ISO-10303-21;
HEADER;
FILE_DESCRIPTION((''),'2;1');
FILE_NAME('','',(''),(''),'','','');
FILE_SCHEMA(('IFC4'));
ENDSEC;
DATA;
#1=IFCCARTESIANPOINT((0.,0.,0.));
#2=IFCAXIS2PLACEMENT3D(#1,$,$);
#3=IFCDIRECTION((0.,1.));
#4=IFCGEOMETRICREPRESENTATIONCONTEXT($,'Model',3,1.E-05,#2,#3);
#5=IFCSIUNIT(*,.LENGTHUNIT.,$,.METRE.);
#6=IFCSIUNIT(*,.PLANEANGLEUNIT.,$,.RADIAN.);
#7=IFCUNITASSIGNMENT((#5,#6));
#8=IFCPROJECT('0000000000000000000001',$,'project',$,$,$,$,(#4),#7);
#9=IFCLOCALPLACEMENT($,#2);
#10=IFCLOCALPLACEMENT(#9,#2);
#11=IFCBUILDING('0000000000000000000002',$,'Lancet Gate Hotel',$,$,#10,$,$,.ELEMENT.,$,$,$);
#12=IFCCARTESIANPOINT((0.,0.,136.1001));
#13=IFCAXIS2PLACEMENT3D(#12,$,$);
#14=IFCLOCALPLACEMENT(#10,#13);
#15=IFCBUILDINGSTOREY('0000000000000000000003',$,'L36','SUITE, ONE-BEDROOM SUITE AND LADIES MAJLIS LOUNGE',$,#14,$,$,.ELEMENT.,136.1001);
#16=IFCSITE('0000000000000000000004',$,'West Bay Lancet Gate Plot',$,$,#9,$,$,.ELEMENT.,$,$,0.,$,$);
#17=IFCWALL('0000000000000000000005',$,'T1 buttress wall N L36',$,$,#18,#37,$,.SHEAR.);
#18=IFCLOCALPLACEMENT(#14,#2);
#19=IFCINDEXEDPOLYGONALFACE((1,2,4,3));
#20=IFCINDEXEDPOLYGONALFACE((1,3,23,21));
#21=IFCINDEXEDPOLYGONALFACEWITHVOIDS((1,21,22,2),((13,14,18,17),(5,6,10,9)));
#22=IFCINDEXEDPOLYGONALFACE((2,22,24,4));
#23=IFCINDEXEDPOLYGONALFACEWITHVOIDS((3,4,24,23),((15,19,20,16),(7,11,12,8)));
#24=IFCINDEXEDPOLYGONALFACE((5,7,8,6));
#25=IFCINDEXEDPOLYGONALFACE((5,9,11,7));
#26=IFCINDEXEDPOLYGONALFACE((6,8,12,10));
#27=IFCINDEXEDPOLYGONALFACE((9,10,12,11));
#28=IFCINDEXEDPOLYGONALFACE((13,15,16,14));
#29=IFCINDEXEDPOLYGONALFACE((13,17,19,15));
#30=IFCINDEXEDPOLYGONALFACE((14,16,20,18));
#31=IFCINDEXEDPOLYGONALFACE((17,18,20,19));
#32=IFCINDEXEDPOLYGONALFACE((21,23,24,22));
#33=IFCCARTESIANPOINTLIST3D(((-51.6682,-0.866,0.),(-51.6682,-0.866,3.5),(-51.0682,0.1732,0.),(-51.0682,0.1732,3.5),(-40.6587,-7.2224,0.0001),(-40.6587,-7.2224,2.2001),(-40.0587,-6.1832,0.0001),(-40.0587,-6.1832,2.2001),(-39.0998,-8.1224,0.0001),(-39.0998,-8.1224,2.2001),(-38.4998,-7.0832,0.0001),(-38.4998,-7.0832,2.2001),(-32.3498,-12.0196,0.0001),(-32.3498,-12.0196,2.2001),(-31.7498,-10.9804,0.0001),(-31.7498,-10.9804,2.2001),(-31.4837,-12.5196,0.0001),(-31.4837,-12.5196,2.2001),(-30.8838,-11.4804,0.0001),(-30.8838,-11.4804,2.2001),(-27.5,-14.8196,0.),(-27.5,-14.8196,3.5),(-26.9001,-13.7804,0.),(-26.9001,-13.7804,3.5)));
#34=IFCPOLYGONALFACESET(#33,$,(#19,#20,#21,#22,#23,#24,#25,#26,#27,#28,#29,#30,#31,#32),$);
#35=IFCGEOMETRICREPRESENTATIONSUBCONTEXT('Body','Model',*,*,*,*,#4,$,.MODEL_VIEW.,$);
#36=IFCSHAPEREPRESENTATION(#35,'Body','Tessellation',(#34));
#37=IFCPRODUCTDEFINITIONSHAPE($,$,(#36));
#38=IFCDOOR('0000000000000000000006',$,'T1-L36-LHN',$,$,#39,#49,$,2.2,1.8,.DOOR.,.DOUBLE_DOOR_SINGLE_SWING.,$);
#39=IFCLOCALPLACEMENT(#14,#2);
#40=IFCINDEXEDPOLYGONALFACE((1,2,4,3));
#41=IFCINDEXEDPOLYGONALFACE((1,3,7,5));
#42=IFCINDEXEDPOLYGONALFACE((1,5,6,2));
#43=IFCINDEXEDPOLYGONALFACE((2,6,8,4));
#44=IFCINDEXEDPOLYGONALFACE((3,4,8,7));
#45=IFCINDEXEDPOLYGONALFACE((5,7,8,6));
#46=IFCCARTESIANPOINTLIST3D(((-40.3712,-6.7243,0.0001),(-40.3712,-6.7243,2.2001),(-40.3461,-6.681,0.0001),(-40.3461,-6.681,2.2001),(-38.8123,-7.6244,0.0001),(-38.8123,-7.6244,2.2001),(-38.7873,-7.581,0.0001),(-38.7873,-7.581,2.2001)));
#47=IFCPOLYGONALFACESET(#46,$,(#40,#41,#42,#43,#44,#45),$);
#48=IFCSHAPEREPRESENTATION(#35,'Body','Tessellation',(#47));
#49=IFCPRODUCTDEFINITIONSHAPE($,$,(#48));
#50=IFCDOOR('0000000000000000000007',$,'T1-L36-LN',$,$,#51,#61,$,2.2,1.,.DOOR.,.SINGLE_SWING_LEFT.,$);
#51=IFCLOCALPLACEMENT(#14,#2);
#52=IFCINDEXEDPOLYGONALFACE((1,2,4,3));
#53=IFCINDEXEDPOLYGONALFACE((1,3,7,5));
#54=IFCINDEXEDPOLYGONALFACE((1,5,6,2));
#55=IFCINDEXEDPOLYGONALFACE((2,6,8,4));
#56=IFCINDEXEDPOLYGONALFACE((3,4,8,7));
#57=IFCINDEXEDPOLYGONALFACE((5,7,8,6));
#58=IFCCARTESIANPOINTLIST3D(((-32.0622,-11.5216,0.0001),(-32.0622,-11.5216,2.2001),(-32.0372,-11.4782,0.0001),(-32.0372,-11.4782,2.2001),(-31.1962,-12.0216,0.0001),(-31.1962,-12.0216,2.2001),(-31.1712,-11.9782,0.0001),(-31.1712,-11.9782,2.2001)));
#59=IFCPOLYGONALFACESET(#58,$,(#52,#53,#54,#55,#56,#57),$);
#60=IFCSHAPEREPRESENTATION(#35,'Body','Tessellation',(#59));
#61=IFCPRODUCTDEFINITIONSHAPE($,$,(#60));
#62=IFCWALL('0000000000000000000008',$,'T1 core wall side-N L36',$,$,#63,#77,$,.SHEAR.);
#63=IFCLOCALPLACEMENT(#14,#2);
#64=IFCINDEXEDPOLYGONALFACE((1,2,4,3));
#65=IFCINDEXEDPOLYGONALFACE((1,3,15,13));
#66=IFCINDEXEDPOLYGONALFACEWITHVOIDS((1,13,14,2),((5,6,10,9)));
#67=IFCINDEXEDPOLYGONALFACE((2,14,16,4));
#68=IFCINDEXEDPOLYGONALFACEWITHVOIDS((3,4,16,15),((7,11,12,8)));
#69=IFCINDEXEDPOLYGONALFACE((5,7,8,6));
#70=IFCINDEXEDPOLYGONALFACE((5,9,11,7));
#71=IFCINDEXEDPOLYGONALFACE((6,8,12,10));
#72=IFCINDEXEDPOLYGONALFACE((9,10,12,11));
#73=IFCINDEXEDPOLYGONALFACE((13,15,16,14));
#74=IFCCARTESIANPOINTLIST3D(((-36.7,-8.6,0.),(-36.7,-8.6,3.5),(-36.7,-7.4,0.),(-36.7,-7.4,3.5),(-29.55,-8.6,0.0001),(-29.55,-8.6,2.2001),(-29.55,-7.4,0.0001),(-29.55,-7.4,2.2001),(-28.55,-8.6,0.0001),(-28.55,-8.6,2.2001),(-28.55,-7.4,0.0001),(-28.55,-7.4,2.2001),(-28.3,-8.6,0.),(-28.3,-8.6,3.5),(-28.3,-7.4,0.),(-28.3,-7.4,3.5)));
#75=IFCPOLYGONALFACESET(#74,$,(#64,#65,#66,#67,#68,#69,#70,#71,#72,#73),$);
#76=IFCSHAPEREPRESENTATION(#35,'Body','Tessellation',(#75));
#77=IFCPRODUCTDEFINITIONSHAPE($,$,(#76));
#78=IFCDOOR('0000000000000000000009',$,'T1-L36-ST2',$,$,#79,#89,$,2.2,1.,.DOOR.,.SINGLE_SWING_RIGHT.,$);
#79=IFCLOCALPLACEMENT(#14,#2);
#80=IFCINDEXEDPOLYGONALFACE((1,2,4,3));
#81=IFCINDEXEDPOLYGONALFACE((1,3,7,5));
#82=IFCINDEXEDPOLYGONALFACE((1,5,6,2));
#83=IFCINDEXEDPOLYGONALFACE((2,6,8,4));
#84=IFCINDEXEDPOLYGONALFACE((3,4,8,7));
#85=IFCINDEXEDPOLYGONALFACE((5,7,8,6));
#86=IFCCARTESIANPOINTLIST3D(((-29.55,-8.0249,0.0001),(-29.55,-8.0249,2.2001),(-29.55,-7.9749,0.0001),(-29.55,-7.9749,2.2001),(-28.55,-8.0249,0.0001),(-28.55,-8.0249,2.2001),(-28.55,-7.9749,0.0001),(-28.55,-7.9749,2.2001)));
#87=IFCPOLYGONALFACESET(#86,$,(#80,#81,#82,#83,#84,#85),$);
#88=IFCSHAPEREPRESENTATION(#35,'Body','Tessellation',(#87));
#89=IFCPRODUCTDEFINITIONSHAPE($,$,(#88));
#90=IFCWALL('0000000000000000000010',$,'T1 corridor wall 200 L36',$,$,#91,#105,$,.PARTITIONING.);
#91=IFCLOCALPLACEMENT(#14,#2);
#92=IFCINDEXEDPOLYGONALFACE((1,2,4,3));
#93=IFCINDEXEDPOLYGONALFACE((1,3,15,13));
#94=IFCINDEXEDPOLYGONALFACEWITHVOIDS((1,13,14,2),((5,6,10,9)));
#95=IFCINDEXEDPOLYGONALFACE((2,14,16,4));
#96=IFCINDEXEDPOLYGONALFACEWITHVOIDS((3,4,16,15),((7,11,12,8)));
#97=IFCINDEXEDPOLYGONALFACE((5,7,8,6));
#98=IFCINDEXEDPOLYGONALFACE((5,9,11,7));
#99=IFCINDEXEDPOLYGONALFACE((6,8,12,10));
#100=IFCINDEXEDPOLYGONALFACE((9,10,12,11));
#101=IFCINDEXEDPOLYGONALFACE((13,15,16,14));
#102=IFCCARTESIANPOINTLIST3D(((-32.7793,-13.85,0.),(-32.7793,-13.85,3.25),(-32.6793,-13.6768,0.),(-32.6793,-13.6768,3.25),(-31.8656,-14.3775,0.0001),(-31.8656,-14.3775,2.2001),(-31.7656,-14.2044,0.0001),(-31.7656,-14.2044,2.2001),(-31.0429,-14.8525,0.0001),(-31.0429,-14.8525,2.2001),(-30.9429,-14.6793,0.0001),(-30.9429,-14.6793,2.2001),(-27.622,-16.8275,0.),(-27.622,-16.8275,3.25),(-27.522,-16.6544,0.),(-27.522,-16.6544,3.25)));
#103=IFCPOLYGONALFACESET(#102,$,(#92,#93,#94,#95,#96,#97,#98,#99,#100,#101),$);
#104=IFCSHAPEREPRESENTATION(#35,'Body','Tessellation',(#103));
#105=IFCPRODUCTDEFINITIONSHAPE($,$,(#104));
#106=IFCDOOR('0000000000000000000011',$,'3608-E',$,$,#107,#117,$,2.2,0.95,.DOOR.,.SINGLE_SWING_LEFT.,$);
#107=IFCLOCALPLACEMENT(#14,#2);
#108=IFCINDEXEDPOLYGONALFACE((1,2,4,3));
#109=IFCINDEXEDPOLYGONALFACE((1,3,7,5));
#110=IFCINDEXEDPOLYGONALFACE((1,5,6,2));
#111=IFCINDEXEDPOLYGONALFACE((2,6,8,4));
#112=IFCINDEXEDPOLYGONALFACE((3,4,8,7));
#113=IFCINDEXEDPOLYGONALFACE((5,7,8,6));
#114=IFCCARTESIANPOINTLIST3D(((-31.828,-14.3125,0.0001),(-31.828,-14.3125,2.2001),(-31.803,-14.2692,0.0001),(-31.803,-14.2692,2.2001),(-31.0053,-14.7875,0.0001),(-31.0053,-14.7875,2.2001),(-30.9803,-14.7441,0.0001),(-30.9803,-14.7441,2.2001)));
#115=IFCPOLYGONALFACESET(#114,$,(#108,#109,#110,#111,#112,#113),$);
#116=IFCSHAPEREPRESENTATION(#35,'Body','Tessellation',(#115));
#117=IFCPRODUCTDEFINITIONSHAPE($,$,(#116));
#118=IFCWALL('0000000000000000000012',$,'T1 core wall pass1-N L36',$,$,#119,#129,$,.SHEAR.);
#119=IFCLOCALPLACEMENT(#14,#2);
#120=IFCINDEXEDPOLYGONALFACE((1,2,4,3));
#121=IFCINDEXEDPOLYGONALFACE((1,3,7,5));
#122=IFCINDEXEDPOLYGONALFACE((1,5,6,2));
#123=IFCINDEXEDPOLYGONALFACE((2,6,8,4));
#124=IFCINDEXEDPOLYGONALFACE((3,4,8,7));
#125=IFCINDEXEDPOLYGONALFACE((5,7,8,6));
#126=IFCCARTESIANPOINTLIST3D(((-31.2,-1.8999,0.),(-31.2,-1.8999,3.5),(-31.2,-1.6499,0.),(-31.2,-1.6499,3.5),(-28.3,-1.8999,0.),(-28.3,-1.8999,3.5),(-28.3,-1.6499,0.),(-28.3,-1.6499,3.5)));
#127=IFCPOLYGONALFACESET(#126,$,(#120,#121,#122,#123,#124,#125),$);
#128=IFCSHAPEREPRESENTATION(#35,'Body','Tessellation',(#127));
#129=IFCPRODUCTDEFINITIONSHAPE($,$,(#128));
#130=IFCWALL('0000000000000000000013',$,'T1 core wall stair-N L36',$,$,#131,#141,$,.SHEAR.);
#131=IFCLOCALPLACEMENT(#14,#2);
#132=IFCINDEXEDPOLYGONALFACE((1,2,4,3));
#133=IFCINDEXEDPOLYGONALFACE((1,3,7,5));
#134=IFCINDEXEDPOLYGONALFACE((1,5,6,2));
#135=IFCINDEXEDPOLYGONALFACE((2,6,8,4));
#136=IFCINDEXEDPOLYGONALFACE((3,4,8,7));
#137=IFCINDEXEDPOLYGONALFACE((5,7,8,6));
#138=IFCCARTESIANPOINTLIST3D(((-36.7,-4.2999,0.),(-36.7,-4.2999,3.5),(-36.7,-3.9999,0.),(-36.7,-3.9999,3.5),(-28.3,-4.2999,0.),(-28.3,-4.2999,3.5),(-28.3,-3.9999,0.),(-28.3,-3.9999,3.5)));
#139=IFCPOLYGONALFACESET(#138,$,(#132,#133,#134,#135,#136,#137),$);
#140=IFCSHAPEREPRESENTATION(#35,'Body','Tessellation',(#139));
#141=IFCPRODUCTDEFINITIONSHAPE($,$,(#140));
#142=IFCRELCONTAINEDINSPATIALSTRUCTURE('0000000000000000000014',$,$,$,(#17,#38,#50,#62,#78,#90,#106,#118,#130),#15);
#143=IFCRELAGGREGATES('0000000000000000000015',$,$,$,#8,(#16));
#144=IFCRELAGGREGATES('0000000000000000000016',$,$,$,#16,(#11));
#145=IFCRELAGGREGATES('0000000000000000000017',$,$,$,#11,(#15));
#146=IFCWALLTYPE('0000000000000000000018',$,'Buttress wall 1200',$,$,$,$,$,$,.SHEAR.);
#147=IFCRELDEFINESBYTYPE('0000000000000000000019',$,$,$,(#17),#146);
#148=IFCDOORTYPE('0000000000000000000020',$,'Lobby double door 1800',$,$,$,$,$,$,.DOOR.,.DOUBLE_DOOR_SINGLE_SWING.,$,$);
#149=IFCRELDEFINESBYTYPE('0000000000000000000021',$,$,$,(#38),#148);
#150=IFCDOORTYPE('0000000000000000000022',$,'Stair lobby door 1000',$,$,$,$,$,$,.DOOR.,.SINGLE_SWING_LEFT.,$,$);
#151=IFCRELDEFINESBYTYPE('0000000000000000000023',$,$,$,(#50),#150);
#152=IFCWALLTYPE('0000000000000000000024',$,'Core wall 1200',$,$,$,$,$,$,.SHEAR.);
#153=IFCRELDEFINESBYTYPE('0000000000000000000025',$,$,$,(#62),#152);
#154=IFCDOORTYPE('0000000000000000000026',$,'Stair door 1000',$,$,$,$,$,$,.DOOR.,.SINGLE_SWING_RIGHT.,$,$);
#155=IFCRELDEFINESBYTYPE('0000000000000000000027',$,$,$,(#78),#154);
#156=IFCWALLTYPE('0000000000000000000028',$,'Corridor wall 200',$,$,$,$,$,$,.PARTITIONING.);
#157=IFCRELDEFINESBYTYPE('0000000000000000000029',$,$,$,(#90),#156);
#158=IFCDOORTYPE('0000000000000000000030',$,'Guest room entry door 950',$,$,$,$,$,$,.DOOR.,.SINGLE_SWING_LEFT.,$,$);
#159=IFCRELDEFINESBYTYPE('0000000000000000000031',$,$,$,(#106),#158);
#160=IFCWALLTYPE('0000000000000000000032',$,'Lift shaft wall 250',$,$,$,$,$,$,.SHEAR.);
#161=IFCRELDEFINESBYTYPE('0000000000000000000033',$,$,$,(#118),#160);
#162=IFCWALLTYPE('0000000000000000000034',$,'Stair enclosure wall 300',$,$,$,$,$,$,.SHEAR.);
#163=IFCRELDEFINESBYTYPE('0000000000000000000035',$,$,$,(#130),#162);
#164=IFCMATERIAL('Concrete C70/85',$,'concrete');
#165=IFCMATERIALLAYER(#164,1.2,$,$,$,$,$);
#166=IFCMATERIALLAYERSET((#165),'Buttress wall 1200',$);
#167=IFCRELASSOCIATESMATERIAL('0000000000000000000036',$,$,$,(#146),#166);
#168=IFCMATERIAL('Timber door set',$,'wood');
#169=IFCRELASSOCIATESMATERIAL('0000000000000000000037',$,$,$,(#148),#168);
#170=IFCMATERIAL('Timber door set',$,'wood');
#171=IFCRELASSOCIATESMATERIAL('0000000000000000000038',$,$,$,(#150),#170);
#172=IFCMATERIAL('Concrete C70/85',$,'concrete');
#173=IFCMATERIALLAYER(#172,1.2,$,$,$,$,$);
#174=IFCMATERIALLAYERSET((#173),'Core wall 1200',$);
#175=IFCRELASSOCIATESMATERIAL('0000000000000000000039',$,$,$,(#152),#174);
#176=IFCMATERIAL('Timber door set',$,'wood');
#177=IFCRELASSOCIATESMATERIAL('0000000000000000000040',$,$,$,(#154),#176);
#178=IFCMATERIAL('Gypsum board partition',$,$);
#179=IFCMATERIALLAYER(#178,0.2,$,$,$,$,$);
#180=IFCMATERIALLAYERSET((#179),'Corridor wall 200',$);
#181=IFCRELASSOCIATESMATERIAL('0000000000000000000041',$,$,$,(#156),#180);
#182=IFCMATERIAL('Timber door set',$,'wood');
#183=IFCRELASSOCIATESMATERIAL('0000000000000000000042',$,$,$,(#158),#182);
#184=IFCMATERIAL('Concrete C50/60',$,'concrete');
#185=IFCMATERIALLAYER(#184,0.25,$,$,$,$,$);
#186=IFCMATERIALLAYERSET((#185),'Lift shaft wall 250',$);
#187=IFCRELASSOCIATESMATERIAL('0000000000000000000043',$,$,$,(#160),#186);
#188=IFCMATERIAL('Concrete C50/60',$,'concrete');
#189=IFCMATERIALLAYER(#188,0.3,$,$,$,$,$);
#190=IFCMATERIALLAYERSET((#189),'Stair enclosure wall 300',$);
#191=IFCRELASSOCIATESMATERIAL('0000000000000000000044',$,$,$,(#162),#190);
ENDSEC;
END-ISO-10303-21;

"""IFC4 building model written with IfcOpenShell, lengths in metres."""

from ifc_helpers import new_model, si_unit, direction, frame, frame_2d, origin, place, context, subcontext, project, spatial, rectangle, extrude, material, layer, layer_set, type_object, element, fill, save


model = new_model("IFC4")

# Units and contexts
model_context = context("Model", 3, precision=1e-05, world=origin(), true_north=direction((0.0, 1.0)))
body_context = subcontext(model_context, "Body", "Model", "MODEL_VIEW")
ifc_project = project(units=[si_unit("LENGTHUNIT", "METRE"), si_unit("PLANEANGLEUNIT", "RADIAN")], contexts=[model_context])

# Site, building, storey
site_placement = place(None, origin())
site = spatial("IfcSite", under=ifc_project, at=site_placement, Name="West Bay Lancet Gate Plot", CompositionType="ELEMENT", RefElevation=0.0)
building_placement = place(site_placement, origin())
building = spatial("IfcBuilding", under=site, at=building_placement, Name="Lancet Gate Hotel", CompositionType="ELEMENT")
storey_placement = place(building_placement, frame((0.0, 0.0, 136.1001)))
storey = spatial("IfcBuildingStorey", under=building, at=storey_placement, Name="L36", Description="SUITE, ONE-BEDROOM SUITE AND LADIES MAJLIS LOUNGE", CompositionType="ELEMENT", Elevation=136.1001)

# Wall, openings, doors
ifc_material_1 = material(Name="Concrete C70/85", Category="concrete")
ifc_layer_1 = layer(ifc_material_1, 1.2)
ifc_layer_set_1 = layer_set([ifc_layer_1], Name="Buttress wall 1200")
wall_type_1 = type_object("IfcWallType", Name="Buttress wall 1200", PredefinedType="SHEAR", material=ifc_layer_set_1)
wall_1_placement = place(storey_placement, frame((-27.2, -14.3, 0.0), z_axis=(0.0, 0.0, 1.0), x_axis=(-0.866024, 0.500002, 0.0)))
wall_1 = element("IfcWall", 1, at=wall_1_placement, inside=storey, type_object=wall_type_1, Name="T1 buttress wall N L36", PredefinedType="SHEAR", context=body_context, shape_type="SweptSolid", body=[
    extrude(rectangle(XDim=27.907, YDim=1.2, at=frame_2d((13.9536, 0.0))), origin(), (0.0, 0.0, 1.0), 3.5),
])
opening_1_placement = place(wall_1_placement, frame((4.6001, 0.0, 0.0)))
opening_1 = element("IfcOpeningElement", 2, at=opening_1_placement, cuts=wall_1, PredefinedType="OPENING", context=body_context, shape_type="SweptSolid", body=[
    extrude(rectangle(XDim=1.0, YDim=2.2, at=frame_2d((0.5, 1.1001))), frame((0.0, 0.6099, 0.0), z_axis=(0.0, -1.0, 0.0), x_axis=(1.0, 0.0, 0.0)), (0.0, 0.0, 1.0), 1.22),
])
opening_2_placement = place(wall_1_placement, frame((13.3945, 0.0, 0.0)))
opening_2 = element("IfcOpeningElement", 3, at=opening_2_placement, cuts=wall_1, PredefinedType="OPENING", context=body_context, shape_type="SweptSolid", body=[
    extrude(rectangle(XDim=1.8, YDim=2.2, at=frame_2d((0.8999, 1.1001))), frame((0.0, 0.6099, 0.0), z_axis=(0.0, -1.0, 0.0), x_axis=(1.0, 0.0, 0.0)), (0.0, 0.0, 1.0), 1.22),
])
ifc_material_2 = material(Name="Timber door set", Category="wood")
door_type_1 = type_object("IfcDoorType", Name="Lobby double door 1800", OperationType="DOUBLE_DOOR_SINGLE_SWING", PredefinedType="DOOR", material=ifc_material_2)
door_1_placement = place(opening_2_placement, origin())
door_1 = element("IfcDoor", 4, at=door_1_placement, inside=storey, type_object=door_type_1, Name="T1-L36-LHN", OperationType="DOUBLE_DOOR_SINGLE_SWING", OverallHeight=2.2, OverallWidth=1.8, PredefinedType="DOOR", context=body_context, shape_type="SweptSolid", body=[
    extrude(rectangle(XDim=1.8, YDim=2.2, at=frame_2d((0.8999, 1.1001))), frame((0.0, 0.0249, 0.0), z_axis=(0.0, -1.0, 0.0), x_axis=(1.0, 0.0, 0.0)), (0.0, 0.0, 1.0), 0.05),
])
fill(opening_2, door_1)
ifc_material_3 = material(Name="Timber door set", Category="wood")
door_type_2 = type_object("IfcDoorType", Name="Stair lobby door 1000", OperationType="SINGLE_SWING_LEFT", PredefinedType="DOOR", material=ifc_material_3)
door_2_placement = place(opening_1_placement, origin())
door_2 = element("IfcDoor", 5, at=door_2_placement, inside=storey, type_object=door_type_2, Name="T1-L36-LN", OperationType="SINGLE_SWING_LEFT", OverallHeight=2.2, OverallWidth=1.0, PredefinedType="DOOR", context=body_context, shape_type="SweptSolid", body=[
    extrude(rectangle(XDim=1.0, YDim=2.2, at=frame_2d((0.5, 1.1001))), frame((0.0, 0.0249, 0.0), z_axis=(0.0, -1.0, 0.0), x_axis=(1.0, 0.0, 0.0)), (0.0, 0.0, 1.0), 0.05),
])
fill(opening_1, door_2)

# Walls, openings, doors
ifc_material_4 = material(Name="Concrete C70/85", Category="concrete")
ifc_layer_2 = layer(ifc_material_4, 1.2)
ifc_layer_set_2 = layer_set([ifc_layer_2], Name="Core wall 1200")
wall_type_2 = type_object("IfcWallType", Name="Core wall 1200", PredefinedType="SHEAR", material=ifc_layer_set_2)
wall_2_placement = place(storey_placement, frame((-28.3, -8.0, 0.0), z_axis=(0.0, 0.0, 1.0), x_axis=(-1.0, 0.0, 0.0)))
wall_2 = element("IfcWall", 6, at=wall_2_placement, inside=storey, type_object=wall_type_2, Name="T1 core wall side-N L36", PredefinedType="SHEAR", context=body_context, shape_type="SweptSolid", body=[
    extrude(rectangle(XDim=8.3999, YDim=1.2, at=frame_2d((4.2, 0.0))), origin(), (0.0, 0.0, 1.0), 3.5),
])
opening_3_placement = place(wall_2_placement, frame((0.25, 0.0, 0.0)))
opening_3 = element("IfcOpeningElement", 7, at=opening_3_placement, cuts=wall_2, PredefinedType="OPENING", context=body_context, shape_type="SweptSolid", body=[
    extrude(rectangle(XDim=1.0, YDim=2.2, at=frame_2d((0.5, 1.1001))), frame((0.0, 0.6099, 0.0), z_axis=(0.0, -1.0, 0.0), x_axis=(1.0, 0.0, 0.0)), (0.0, 0.0, 1.0), 1.22),
])
ifc_material_5 = material(Name="Timber door set", Category="wood")
door_type_3 = type_object("IfcDoorType", Name="Stair door 1000", OperationType="SINGLE_SWING_RIGHT", PredefinedType="DOOR", material=ifc_material_5)
door_3_placement = place(opening_3_placement, origin())
door_3 = element("IfcDoor", 8, at=door_3_placement, inside=storey, type_object=door_type_3, Name="T1-L36-ST2", OperationType="SINGLE_SWING_RIGHT", OverallHeight=2.2, OverallWidth=1.0, PredefinedType="DOOR", context=body_context, shape_type="SweptSolid", body=[
    extrude(rectangle(XDim=1.0, YDim=2.2, at=frame_2d((0.5, 1.1001))), frame((0.0, 0.0249, 0.0), z_axis=(0.0, -1.0, 0.0), x_axis=(1.0, 0.0, 0.0)), (0.0, 0.0, 1.0), 0.05),
])
fill(opening_3, door_3)
ifc_material_6 = material(Name="Gypsum board partition")
ifc_layer_3 = layer(ifc_material_6, 0.2)
ifc_layer_set_3 = layer_set([ifc_layer_3], Name="Corridor wall 200")
wall_type_3 = type_object("IfcWallType", Name="Corridor wall 200", PredefinedType="PARTITIONING", material=ifc_layer_set_3)
wall_3_placement = place(storey_placement, frame((-27.572, -16.741, 0.0), z_axis=(0.0, 0.0, 1.0), x_axis=(-0.866024, 0.500002, 0.0)))
wall_3 = element("IfcWall", 9, at=wall_3_placement, inside=storey, type_object=wall_type_3, Name="T1 corridor wall 200 L36", PredefinedType="PARTITIONING", context=body_context, shape_type="SweptSolid", body=[
    extrude(rectangle(XDim=5.9551, YDim=0.2, at=frame_2d((2.9775, 0.0))), origin(), (0.0, 0.0, 1.0), 3.25),
])
opening_4_placement = place(wall_3_placement, frame((3.95, 0.0, 0.0)))
opening_4 = element("IfcOpeningElement", 10, at=opening_4_placement, cuts=wall_3, PredefinedType="OPENING", context=body_context, shape_type="SweptSolid", body=[
    extrude(rectangle(XDim=0.95, YDim=2.2, at=frame_2d((0.4751, 1.1001))), frame((0.0, 0.1099, 0.0), z_axis=(0.0, -1.0, 0.0), x_axis=(1.0, 0.0, 0.0)), (0.0, 0.0, 1.0), 0.22),
])
ifc_material_7 = material(Name="Timber door set", Category="wood")
door_type_4 = type_object("IfcDoorType", Name="Guest room entry door 950", OperationType="SINGLE_SWING_LEFT", PredefinedType="DOOR", material=ifc_material_7)
door_4_placement = place(opening_4_placement, origin())
door_4 = element("IfcDoor", 11, at=door_4_placement, inside=storey, type_object=door_type_4, Name="3608-E", OperationType="SINGLE_SWING_LEFT", OverallHeight=2.2, OverallWidth=0.95, PredefinedType="DOOR", context=body_context, shape_type="SweptSolid", body=[
    extrude(rectangle(XDim=0.95, YDim=2.2, at=frame_2d((0.4751, 1.1001))), frame((0.0, 0.0249, 0.0), z_axis=(0.0, -1.0, 0.0), x_axis=(1.0, 0.0, 0.0)), (0.0, 0.0, 1.0), 0.05),
])
fill(opening_4, door_4)

# Walls
ifc_material_8 = material(Name="Concrete C50/60", Category="concrete")
ifc_layer_4 = layer(ifc_material_8, 0.25)
ifc_layer_set_4 = layer_set([ifc_layer_4], Name="Lift shaft wall 250")
wall_type_4 = type_object("IfcWallType", Name="Lift shaft wall 250", PredefinedType="SHEAR", material=ifc_layer_set_4)
wall_4_placement = place(storey_placement, frame((-28.3, -1.7749, 0.0), z_axis=(0.0, 0.0, 1.0), x_axis=(-1.0, 0.0, 0.0)))
element("IfcWall", 12, at=wall_4_placement, inside=storey, type_object=wall_type_4, Name="T1 core wall pass1-N L36", PredefinedType="SHEAR", context=body_context, shape_type="SweptSolid", body=[
    extrude(rectangle(XDim=2.8999, YDim=0.25, at=frame_2d((1.45, 0.0))), origin(), (0.0, 0.0, 1.0), 3.5),
])
ifc_material_9 = material(Name="Concrete C50/60", Category="concrete")
ifc_layer_5 = layer(ifc_material_9, 0.3)
ifc_layer_set_5 = layer_set([ifc_layer_5], Name="Stair enclosure wall 300")
wall_type_5 = type_object("IfcWallType", Name="Stair enclosure wall 300", PredefinedType="SHEAR", material=ifc_layer_set_5)
wall_5_placement = place(storey_placement, frame((-28.3, -4.1499, 0.0), z_axis=(0.0, 0.0, 1.0), x_axis=(-1.0, 0.0, 0.0)))
element("IfcWall", 13, at=wall_5_placement, inside=storey, type_object=wall_type_5, Name="T1 core wall stair-N L36", PredefinedType="SHEAR", context=body_context, shape_type="SweptSolid", body=[
    extrude(rectangle(XDim=8.3999, YDim=0.3, at=frame_2d((4.2, 0.0))), origin(), (0.0, 0.0, 1.0), 3.5),
])

save(model, "model.ifc")
